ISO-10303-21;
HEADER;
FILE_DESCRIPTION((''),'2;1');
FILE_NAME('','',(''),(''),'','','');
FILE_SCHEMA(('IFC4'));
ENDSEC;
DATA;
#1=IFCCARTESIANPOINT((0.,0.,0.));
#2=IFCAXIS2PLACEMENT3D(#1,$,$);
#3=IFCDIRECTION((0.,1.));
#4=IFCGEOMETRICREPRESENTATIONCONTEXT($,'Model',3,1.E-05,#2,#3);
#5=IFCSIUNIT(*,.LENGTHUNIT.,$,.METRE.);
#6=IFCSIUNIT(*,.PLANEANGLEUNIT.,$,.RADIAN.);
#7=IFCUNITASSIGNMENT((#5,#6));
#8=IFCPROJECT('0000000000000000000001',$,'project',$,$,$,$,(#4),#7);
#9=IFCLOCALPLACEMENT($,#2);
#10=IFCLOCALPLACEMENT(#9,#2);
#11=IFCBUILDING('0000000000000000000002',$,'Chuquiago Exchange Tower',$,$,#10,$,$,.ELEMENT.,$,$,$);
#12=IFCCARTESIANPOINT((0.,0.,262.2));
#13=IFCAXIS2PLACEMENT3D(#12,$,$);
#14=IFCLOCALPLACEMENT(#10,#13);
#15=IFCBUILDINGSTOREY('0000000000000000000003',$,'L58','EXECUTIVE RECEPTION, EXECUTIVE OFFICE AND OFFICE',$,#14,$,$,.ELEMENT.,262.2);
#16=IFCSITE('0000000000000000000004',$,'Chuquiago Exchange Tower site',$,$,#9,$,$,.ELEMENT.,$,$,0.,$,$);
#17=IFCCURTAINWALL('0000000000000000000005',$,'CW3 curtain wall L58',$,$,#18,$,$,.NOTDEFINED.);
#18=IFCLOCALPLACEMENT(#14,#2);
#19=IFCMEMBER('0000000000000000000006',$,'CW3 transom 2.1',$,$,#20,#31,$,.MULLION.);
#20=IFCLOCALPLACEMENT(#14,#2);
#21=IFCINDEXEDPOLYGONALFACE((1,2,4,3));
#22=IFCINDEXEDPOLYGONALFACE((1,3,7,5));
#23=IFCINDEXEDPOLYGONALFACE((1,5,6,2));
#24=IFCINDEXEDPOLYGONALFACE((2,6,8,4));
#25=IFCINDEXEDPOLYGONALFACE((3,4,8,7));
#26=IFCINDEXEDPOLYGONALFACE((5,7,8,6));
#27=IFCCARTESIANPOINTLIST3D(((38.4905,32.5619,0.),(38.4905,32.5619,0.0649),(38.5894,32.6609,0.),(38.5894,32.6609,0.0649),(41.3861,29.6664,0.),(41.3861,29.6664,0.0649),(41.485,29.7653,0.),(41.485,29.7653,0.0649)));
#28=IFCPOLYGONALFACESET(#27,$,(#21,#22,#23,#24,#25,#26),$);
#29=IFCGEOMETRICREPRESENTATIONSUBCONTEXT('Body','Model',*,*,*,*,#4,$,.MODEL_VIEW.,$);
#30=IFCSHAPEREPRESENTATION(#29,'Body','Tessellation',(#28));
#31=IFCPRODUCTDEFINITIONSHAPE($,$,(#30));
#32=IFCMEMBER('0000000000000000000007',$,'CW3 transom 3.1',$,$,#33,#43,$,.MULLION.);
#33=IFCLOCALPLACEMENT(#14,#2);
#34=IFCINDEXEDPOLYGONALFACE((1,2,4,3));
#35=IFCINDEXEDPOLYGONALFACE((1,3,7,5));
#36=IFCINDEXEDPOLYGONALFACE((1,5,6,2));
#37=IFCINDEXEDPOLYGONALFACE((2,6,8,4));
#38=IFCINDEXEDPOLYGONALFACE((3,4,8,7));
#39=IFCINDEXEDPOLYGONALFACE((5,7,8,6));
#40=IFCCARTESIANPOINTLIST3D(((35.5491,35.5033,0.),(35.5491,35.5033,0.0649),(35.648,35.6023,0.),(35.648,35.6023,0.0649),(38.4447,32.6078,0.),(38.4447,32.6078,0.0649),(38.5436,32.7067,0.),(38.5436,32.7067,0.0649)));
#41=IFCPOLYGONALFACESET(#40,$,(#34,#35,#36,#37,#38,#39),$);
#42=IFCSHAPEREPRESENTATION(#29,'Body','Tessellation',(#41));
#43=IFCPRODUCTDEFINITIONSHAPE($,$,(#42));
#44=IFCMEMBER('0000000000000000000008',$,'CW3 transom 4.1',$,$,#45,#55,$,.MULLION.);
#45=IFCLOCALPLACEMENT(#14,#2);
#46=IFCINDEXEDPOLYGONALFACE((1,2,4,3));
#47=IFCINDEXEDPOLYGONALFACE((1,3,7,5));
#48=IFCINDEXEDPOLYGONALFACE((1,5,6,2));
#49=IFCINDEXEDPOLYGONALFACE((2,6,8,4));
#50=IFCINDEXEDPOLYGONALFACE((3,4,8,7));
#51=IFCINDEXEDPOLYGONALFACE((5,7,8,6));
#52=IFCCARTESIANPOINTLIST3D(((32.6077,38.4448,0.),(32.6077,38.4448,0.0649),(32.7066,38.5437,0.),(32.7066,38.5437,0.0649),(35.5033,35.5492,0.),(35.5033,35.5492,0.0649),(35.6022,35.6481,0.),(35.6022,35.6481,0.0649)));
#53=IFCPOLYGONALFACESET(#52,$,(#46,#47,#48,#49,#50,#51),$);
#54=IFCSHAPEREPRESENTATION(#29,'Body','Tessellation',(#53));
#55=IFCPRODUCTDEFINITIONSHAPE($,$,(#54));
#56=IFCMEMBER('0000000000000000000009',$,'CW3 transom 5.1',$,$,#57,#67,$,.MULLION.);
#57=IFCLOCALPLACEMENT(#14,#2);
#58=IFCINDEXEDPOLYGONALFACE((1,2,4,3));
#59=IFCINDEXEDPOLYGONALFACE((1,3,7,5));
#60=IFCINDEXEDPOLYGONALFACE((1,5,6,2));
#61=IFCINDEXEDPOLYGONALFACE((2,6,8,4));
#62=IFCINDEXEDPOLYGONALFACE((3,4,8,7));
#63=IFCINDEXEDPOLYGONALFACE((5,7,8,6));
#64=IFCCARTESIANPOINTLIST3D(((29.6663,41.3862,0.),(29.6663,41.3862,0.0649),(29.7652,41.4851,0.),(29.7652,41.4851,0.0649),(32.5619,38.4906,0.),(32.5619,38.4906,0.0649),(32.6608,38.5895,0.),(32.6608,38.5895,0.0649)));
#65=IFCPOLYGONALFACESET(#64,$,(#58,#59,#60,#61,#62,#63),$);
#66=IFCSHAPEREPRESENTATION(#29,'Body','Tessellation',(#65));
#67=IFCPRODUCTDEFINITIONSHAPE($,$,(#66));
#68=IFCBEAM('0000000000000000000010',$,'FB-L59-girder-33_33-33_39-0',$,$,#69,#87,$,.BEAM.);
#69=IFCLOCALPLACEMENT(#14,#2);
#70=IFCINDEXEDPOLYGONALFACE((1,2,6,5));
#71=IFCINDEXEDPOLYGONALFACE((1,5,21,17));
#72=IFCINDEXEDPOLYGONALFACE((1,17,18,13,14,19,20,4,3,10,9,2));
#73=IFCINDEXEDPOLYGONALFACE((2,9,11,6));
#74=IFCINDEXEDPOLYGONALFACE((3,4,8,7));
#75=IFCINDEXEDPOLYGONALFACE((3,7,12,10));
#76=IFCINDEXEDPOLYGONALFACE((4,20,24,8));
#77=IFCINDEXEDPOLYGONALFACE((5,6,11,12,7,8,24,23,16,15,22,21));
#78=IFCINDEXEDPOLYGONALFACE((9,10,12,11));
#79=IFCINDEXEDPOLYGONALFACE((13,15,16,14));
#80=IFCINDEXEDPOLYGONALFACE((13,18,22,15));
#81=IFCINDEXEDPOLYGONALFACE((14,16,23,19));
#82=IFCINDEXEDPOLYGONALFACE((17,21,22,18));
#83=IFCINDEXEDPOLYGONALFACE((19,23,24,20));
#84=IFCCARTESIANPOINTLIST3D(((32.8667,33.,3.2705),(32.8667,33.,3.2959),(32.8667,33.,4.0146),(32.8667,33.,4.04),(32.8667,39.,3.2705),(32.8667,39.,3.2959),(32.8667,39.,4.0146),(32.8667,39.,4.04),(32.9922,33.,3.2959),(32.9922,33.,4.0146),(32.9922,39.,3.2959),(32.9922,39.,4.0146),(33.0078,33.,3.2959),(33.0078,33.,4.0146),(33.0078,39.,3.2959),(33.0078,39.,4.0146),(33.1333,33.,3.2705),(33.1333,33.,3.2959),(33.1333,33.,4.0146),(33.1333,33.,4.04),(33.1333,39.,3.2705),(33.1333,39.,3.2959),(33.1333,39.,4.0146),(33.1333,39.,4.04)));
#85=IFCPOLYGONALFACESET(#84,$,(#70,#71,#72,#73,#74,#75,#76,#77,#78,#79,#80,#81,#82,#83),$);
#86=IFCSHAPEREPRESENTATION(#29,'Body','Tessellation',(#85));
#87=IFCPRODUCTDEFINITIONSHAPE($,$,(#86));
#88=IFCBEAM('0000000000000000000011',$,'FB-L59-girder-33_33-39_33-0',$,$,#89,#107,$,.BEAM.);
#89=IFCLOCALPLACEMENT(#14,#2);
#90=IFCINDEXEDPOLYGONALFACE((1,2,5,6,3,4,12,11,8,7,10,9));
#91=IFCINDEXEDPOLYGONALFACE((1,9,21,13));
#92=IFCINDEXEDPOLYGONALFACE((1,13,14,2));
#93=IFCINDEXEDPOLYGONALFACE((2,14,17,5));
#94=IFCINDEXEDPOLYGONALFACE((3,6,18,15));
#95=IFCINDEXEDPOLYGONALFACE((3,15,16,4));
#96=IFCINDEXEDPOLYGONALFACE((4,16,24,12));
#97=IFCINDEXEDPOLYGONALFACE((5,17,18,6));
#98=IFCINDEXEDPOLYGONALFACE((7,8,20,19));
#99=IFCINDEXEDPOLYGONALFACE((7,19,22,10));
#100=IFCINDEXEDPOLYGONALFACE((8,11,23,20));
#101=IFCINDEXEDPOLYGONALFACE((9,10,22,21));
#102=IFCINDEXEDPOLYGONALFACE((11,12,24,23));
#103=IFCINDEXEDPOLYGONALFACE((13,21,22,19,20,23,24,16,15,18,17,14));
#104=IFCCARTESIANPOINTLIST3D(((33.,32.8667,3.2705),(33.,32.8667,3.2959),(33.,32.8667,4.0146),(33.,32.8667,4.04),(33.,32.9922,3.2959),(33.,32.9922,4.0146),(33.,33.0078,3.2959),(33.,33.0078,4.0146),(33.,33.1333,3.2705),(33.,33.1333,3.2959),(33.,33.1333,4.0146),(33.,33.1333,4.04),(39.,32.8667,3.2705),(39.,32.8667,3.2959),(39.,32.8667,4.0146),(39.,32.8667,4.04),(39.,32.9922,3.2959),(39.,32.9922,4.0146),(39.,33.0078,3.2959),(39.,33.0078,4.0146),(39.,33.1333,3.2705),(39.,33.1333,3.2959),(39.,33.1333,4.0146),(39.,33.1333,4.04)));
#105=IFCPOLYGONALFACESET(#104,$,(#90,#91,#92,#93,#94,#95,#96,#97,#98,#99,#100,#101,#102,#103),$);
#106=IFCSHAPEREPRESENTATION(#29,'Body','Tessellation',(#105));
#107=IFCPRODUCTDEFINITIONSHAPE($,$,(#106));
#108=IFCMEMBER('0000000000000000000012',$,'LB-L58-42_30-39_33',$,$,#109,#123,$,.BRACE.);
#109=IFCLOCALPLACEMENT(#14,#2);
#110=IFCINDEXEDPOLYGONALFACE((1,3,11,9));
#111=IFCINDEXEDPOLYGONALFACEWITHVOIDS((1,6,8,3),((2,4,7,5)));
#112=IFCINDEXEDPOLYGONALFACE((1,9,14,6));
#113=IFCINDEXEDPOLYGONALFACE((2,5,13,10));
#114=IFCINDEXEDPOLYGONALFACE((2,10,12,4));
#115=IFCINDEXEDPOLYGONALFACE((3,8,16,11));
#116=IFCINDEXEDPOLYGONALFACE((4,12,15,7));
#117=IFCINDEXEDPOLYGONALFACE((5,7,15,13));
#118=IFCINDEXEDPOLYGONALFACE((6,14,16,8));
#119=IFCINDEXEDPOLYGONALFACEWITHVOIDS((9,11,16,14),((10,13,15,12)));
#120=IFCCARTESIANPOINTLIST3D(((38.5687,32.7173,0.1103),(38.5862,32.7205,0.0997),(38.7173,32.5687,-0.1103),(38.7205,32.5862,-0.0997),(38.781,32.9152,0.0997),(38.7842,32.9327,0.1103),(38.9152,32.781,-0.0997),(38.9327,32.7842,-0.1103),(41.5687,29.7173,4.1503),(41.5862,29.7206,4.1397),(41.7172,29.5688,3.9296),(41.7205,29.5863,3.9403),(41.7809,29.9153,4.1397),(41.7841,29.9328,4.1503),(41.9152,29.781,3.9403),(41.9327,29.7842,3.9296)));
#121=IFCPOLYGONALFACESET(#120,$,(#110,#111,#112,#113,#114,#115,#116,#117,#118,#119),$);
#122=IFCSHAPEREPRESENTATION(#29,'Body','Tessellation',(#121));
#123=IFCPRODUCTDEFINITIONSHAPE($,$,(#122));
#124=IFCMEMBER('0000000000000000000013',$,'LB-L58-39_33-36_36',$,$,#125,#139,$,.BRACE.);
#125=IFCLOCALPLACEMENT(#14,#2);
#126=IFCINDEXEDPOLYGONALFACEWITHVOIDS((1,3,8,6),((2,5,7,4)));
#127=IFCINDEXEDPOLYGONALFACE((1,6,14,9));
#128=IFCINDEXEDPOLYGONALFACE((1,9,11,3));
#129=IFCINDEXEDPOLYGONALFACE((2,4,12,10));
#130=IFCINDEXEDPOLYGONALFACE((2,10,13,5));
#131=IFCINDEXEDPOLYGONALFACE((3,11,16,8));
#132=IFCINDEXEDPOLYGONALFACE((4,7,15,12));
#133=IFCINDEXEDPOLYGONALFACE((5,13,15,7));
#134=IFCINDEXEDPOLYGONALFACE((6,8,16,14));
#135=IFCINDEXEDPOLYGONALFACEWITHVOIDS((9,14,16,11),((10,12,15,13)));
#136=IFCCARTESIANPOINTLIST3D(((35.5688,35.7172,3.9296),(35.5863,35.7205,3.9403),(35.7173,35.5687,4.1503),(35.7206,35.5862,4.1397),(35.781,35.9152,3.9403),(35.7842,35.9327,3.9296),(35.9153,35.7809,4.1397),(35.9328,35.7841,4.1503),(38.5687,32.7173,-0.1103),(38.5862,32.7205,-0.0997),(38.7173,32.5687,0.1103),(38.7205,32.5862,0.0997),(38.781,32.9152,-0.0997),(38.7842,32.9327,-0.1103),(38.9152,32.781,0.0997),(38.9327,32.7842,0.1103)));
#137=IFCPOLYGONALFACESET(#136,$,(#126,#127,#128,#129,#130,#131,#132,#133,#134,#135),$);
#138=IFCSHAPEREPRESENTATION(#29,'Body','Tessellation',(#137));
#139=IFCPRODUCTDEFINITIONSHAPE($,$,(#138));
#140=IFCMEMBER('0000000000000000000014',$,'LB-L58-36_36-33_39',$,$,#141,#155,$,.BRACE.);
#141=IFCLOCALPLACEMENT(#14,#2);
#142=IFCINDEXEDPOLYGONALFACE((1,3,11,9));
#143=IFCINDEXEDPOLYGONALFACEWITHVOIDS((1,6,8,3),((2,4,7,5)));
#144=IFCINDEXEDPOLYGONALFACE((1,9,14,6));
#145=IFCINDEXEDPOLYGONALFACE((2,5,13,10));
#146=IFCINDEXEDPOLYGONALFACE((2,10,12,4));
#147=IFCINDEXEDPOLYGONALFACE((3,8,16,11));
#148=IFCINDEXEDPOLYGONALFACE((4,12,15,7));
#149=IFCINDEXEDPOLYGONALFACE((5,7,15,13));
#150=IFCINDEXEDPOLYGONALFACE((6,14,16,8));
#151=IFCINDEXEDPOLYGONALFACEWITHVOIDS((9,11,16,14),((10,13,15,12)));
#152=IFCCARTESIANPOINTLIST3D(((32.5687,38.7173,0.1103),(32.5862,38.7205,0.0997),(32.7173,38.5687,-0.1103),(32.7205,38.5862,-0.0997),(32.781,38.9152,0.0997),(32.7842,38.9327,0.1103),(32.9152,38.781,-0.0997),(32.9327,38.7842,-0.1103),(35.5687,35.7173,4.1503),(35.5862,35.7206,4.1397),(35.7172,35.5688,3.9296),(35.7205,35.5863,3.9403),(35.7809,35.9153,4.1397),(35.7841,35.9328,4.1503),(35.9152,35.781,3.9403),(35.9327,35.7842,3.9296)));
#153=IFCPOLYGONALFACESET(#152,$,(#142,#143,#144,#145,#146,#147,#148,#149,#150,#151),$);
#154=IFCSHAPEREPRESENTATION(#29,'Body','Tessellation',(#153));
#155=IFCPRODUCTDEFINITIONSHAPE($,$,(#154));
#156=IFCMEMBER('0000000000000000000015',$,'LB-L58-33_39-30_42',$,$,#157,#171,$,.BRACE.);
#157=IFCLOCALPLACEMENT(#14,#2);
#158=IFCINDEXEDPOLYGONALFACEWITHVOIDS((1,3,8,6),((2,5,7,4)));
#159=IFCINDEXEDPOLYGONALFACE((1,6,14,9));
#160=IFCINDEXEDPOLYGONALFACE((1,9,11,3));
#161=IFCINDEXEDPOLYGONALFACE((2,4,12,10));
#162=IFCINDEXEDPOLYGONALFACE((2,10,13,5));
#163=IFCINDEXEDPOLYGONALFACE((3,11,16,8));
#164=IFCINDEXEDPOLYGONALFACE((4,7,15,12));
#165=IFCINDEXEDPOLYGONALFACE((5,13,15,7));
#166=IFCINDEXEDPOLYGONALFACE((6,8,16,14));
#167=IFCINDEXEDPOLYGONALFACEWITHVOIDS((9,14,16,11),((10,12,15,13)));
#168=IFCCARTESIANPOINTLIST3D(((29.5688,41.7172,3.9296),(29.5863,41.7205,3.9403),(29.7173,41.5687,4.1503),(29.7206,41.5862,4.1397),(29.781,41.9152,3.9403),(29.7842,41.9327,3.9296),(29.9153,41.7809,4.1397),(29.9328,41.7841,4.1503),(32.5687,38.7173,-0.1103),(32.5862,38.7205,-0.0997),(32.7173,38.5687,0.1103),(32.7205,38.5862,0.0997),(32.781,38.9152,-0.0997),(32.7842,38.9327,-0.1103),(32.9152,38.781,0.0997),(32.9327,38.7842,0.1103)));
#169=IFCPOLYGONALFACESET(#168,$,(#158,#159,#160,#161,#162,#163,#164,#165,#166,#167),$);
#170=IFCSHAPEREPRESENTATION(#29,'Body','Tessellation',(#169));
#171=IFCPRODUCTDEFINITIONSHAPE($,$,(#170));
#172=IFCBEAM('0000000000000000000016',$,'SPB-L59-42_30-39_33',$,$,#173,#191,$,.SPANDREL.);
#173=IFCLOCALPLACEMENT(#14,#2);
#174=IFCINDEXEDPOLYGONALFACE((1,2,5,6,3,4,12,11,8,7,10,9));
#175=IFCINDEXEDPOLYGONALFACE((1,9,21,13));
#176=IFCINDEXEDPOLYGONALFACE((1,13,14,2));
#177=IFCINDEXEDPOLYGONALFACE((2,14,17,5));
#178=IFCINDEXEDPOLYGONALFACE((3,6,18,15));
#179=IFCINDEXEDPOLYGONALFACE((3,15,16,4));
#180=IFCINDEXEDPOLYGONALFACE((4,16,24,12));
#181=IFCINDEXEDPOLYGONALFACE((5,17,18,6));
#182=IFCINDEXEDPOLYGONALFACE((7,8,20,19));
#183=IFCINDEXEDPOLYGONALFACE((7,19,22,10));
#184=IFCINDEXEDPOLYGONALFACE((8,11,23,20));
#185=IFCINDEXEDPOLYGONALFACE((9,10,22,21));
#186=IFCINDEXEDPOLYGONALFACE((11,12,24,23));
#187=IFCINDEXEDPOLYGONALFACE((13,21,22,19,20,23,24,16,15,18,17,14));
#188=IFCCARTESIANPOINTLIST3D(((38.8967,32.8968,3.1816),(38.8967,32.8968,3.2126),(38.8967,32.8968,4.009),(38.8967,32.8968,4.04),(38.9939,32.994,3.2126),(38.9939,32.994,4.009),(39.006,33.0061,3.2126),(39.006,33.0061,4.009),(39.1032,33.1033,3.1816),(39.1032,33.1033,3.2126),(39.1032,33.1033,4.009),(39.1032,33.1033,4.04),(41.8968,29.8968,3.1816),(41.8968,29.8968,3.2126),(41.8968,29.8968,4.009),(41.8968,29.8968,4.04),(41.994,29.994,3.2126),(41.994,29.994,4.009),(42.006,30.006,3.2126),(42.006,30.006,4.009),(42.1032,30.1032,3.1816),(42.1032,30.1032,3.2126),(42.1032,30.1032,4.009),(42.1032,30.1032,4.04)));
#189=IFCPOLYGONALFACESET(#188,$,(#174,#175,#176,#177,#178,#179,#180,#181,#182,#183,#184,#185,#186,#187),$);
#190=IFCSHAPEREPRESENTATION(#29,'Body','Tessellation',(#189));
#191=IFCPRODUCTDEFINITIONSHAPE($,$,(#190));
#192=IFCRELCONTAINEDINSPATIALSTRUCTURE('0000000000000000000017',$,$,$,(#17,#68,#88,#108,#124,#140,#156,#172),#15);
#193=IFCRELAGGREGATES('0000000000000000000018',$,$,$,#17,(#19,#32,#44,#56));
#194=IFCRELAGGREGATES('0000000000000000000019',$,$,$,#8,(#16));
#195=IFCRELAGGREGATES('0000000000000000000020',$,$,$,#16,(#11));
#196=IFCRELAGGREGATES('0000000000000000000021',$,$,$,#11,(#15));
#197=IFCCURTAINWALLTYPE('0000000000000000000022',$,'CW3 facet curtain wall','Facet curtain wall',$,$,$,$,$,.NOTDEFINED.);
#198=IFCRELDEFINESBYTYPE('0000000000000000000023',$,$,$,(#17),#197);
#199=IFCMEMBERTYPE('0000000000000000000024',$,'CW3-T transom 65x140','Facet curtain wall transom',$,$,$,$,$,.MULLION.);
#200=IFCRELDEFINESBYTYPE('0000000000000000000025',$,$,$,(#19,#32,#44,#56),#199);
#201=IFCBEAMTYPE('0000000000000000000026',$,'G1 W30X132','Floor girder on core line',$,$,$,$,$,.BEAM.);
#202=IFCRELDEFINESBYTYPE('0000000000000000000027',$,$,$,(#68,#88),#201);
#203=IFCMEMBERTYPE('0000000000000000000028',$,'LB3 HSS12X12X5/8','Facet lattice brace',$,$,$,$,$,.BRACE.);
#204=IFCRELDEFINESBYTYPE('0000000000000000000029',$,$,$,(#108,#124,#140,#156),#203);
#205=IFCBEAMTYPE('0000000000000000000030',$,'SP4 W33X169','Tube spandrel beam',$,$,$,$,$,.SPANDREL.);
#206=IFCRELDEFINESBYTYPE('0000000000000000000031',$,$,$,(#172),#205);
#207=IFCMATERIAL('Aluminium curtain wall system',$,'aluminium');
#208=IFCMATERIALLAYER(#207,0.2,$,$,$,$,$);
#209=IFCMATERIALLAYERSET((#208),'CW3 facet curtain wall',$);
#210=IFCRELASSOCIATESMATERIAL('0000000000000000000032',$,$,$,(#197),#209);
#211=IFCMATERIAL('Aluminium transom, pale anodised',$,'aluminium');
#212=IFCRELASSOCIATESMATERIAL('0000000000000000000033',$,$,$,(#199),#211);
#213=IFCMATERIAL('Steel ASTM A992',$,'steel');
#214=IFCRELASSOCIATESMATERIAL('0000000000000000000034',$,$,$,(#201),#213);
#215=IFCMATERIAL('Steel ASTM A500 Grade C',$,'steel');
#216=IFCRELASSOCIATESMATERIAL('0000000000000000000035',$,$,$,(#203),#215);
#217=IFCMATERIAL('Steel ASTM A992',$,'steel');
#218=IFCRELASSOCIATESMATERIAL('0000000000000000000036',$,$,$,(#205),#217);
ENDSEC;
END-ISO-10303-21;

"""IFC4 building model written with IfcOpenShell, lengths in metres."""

from ifc_helpers import new_model, si_unit, direction, frame, origin, origin_2d, place, context, subcontext, project, spatial, rectangle, hollow_rectangle, i_section, extrude, material, layer, layer_set, material_profile, profile_set, type_object, element, aggregate, save


model = new_model("IFC4")

# Units and contexts
model_context = context("Model", 3, precision=1e-05, world=origin(), true_north=direction((0.0, 1.0)))
body_context = subcontext(model_context, "Body", "Model", "MODEL_VIEW")
ifc_project = project(units=[si_unit("LENGTHUNIT", "METRE"), si_unit("PLANEANGLEUNIT", "RADIAN")], contexts=[model_context])

# Site, building, storey
site_placement = place(None, origin())
site = spatial("IfcSite", under=ifc_project, at=site_placement, Name="Chuquiago Exchange Tower site", CompositionType="ELEMENT", RefElevation=0.0)
building_placement = place(site_placement, origin())
building = spatial("IfcBuilding", under=site, at=building_placement, Name="Chuquiago Exchange Tower", CompositionType="ELEMENT")
storey_placement = place(building_placement, frame((0.0, 0.0, 262.2)))
storey = spatial("IfcBuildingStorey", under=building, at=storey_placement, Name="L58", Description="EXECUTIVE RECEPTION, EXECUTIVE OFFICE AND OFFICE", CompositionType="ELEMENT", Elevation=262.2)

# Curtain wall, members
ifc_material_1 = material(Name="Aluminium curtain wall system", Category="aluminium")
ifc_layer_1 = layer(ifc_material_1, 0.2)
ifc_layer_set_1 = layer_set([ifc_layer_1], Name="CW3 facet curtain wall")
curtain_wall_type = type_object("IfcCurtainWallType", Name="CW3 facet curtain wall", Description="Facet curtain wall", PredefinedType="NOTDEFINED", material=ifc_layer_set_1)
curtain_wall_placement = place(storey_placement, origin())
curtain_wall = element("IfcCurtainWall", 1, at=curtain_wall_placement, inside=storey, type_object=curtain_wall_type, Name="CW3 curtain wall L58", PredefinedType="NOTDEFINED")
ifc_material_2 = material(Name="Aluminium transom, pale anodised", Category="aluminium")
ifc_material_profile_1 = material_profile(ifc_material_2, rectangle(XDim=0.1399, YDim=0.0649, at=origin_2d()), Name="AL 140x65")
ifc_profile_set_1 = profile_set([ifc_material_profile_1], Name="Aluminium transom, pale anodised")
member_type_1 = type_object("IfcMemberType", Name="CW3-T transom 65x140", Description="Facet curtain wall transom", PredefinedType="MULLION", material=ifc_profile_set_1)
member_1_placement = place(storey_placement, frame((41.4355, 29.7158, 0.0325), z_axis=(-0.707107, 0.707107, 0.0), x_axis=(-0.707107, -0.707107, 0.0)))
member_1 = element("IfcMember", 2, at=member_1_placement, type_object=member_type_1, Name="CW3 transom 2.1", PredefinedType="MULLION", context=body_context, shape_type="SweptSolid", body=[
    extrude(rectangle(XDim=0.1399, YDim=0.0649, at=origin_2d()), origin(), (0.0, 0.0, 1.0), 4.095),
])
member_2_placement = place(storey_placement, frame((38.4941, 32.6572, 0.0325), z_axis=(-0.707107, 0.707107, 0.0), x_axis=(-0.707107, -0.707107, 0.0)))
member_2 = element("IfcMember", 3, at=member_2_placement, type_object=member_type_1, Name="CW3 transom 3.1", PredefinedType="MULLION", context=body_context, shape_type="SweptSolid", body=[
    extrude(rectangle(XDim=0.1399, YDim=0.0649, at=origin_2d()), origin(), (0.0, 0.0, 1.0), 4.095),
])
member_3_placement = place(storey_placement, frame((35.5527, 35.5986, 0.0325), z_axis=(-0.707107, 0.707107, 0.0), x_axis=(-0.707107, -0.707107, 0.0)))
member_3 = element("IfcMember", 4, at=member_3_placement, type_object=member_type_1, Name="CW3 transom 4.1", PredefinedType="MULLION", context=body_context, shape_type="SweptSolid", body=[
    extrude(rectangle(XDim=0.1399, YDim=0.0649, at=origin_2d()), origin(), (0.0, 0.0, 1.0), 4.095),
])
member_4_placement = place(storey_placement, frame((32.6113, 38.54, 0.0325), z_axis=(-0.707107, 0.707107, 0.0), x_axis=(-0.707107, -0.707107, 0.0)))
member_4 = element("IfcMember", 5, at=member_4_placement, type_object=member_type_1, Name="CW3 transom 5.1", PredefinedType="MULLION", context=body_context, shape_type="SweptSolid", body=[
    extrude(rectangle(XDim=0.1399, YDim=0.0649, at=origin_2d()), origin(), (0.0, 0.0, 1.0), 4.095),
])

# Beams
ifc_material_3 = material(Name="Steel ASTM A992", Category="steel")
ifc_material_profile_2 = material_profile(ifc_material_3, i_section(OverallWidth=0.2666, OverallDepth=0.7695, WebThickness=0.0156, FlangeThickness=0.0254, at=origin_2d()), Name="W30X132")
ifc_profile_set_2 = profile_set([ifc_material_profile_2], Name="Steel ASTM A992")
beam_type_1 = type_object("IfcBeamType", Name="G1 W30X132", Description="Floor girder on core line", PredefinedType="BEAM", material=ifc_profile_set_2)
for number, where, z_axis, x_axis, name in (
    (6, (33.0, 33.0, 3.6553), (0.0, 1.0, 0.0), (-1.0, 0.0, 0.0), "FB-L59-girder-33_33-33_39-0"),
    (7, (33.0, 33.0, 3.6553), (1.0, 0.0, 0.0), (0.0, 1.0, 0.0), "FB-L59-girder-33_33-39_33-0"),
):
    element("IfcBeam", number, at=place(storey_placement, frame(where, z_axis=z_axis, x_axis=x_axis)), inside=storey, type_object=beam_type_1, Name=name, PredefinedType="BEAM", context=body_context, shape_type="SweptSolid", body=[
        extrude(i_section(OverallWidth=0.2666, OverallDepth=0.7695, WebThickness=0.0156, FlangeThickness=0.0254, at=origin_2d()), origin(), (0.0, 0.0, 1.0), 6.0),
    ])

# Members
ifc_material_4 = material(Name="Steel ASTM A500 Grade C", Category="steel")
ifc_material_profile_3 = material_profile(ifc_material_4, hollow_rectangle(XDim=0.3047, YDim=0.3047, WallThickness=0.0146, at=origin_2d()), Name="HSS12X12X5/8")
ifc_profile_set_3 = profile_set([ifc_material_profile_3], Name="Steel ASTM A500 Grade C")
member_type_2 = type_object("IfcMemberType", Name="LB3 HSS12X12X5/8", Description="Facet lattice brace", PredefinedType="BRACE", material=ifc_profile_set_3)
for number, where, z_axis, x_axis, name in (
    (8, (38.7507, 32.7507, 0.0), (0.512077, -0.512077, 0.689604), (0.707107, 0.707107, 0.0), "LB-L58-42_30-39_33"),
    (9, (38.7507, 32.7507, 0.0), (-0.512077, 0.512077, 0.689604), (-0.707107, -0.707107, 0.0), "LB-L58-39_33-36_36"),
    (10, (32.7507, 38.7507, 0.0), (0.512077, -0.512077, 0.689604), (0.707107, 0.707107, 0.0), "LB-L58-36_36-33_39"),
    (11, (32.7507, 38.7507, 0.0), (-0.512077, 0.512077, 0.689604), (-0.707107, -0.707107, 0.0), "LB-L58-33_39-30_42"),
):
    element("IfcMember", number, at=place(storey_placement, frame(where, z_axis=z_axis, x_axis=x_axis)), inside=storey, type_object=member_type_2, Name=name, PredefinedType="BRACE", context=body_context, shape_type="SweptSolid", body=[
        extrude(hollow_rectangle(XDim=0.3047, YDim=0.3047, WallThickness=0.0146, at=origin_2d()), origin(), (0.0, 0.0, 1.0), 5.8584),
    ])

# Beam
ifc_material_5 = material(Name="Steel ASTM A992", Category="steel")
ifc_material_profile_4 = material_profile(ifc_material_5, i_section(OverallWidth=0.292, OverallDepth=0.8584, WebThickness=0.0171, FlangeThickness=0.031, at=origin_2d()), Name="W33X169")
ifc_profile_set_4 = profile_set([ifc_material_profile_4], Name="Steel ASTM A992")
beam_type_2 = type_object("IfcBeamType", Name="SP4 W33X169", Description="Tube spandrel beam", PredefinedType="SPANDREL", material=ifc_profile_set_4)
for number, where, z_axis, x_axis, name in (
    (12, (42.0, 30.0, 3.6108), (-0.707107, 0.707107, 0.0), (-0.707107, -0.707107, 0.0), "SPB-L59-42_30-39_33"),
):
    element("IfcBeam", number, at=place(storey_placement, frame(where, z_axis=z_axis, x_axis=x_axis)), inside=storey, type_object=beam_type_2, Name=name, PredefinedType="SPANDREL", context=body_context, shape_type="SweptSolid", body=[
        extrude(i_section(OverallWidth=0.292, OverallDepth=0.8584, WebThickness=0.0171, FlangeThickness=0.031, at=origin_2d()), origin(), (0.0, 0.0, 1.0), 4.2427),
    ])

aggregate(curtain_wall, [member_1, member_2, member_3, member_4])

save(model, "model.ifc")
